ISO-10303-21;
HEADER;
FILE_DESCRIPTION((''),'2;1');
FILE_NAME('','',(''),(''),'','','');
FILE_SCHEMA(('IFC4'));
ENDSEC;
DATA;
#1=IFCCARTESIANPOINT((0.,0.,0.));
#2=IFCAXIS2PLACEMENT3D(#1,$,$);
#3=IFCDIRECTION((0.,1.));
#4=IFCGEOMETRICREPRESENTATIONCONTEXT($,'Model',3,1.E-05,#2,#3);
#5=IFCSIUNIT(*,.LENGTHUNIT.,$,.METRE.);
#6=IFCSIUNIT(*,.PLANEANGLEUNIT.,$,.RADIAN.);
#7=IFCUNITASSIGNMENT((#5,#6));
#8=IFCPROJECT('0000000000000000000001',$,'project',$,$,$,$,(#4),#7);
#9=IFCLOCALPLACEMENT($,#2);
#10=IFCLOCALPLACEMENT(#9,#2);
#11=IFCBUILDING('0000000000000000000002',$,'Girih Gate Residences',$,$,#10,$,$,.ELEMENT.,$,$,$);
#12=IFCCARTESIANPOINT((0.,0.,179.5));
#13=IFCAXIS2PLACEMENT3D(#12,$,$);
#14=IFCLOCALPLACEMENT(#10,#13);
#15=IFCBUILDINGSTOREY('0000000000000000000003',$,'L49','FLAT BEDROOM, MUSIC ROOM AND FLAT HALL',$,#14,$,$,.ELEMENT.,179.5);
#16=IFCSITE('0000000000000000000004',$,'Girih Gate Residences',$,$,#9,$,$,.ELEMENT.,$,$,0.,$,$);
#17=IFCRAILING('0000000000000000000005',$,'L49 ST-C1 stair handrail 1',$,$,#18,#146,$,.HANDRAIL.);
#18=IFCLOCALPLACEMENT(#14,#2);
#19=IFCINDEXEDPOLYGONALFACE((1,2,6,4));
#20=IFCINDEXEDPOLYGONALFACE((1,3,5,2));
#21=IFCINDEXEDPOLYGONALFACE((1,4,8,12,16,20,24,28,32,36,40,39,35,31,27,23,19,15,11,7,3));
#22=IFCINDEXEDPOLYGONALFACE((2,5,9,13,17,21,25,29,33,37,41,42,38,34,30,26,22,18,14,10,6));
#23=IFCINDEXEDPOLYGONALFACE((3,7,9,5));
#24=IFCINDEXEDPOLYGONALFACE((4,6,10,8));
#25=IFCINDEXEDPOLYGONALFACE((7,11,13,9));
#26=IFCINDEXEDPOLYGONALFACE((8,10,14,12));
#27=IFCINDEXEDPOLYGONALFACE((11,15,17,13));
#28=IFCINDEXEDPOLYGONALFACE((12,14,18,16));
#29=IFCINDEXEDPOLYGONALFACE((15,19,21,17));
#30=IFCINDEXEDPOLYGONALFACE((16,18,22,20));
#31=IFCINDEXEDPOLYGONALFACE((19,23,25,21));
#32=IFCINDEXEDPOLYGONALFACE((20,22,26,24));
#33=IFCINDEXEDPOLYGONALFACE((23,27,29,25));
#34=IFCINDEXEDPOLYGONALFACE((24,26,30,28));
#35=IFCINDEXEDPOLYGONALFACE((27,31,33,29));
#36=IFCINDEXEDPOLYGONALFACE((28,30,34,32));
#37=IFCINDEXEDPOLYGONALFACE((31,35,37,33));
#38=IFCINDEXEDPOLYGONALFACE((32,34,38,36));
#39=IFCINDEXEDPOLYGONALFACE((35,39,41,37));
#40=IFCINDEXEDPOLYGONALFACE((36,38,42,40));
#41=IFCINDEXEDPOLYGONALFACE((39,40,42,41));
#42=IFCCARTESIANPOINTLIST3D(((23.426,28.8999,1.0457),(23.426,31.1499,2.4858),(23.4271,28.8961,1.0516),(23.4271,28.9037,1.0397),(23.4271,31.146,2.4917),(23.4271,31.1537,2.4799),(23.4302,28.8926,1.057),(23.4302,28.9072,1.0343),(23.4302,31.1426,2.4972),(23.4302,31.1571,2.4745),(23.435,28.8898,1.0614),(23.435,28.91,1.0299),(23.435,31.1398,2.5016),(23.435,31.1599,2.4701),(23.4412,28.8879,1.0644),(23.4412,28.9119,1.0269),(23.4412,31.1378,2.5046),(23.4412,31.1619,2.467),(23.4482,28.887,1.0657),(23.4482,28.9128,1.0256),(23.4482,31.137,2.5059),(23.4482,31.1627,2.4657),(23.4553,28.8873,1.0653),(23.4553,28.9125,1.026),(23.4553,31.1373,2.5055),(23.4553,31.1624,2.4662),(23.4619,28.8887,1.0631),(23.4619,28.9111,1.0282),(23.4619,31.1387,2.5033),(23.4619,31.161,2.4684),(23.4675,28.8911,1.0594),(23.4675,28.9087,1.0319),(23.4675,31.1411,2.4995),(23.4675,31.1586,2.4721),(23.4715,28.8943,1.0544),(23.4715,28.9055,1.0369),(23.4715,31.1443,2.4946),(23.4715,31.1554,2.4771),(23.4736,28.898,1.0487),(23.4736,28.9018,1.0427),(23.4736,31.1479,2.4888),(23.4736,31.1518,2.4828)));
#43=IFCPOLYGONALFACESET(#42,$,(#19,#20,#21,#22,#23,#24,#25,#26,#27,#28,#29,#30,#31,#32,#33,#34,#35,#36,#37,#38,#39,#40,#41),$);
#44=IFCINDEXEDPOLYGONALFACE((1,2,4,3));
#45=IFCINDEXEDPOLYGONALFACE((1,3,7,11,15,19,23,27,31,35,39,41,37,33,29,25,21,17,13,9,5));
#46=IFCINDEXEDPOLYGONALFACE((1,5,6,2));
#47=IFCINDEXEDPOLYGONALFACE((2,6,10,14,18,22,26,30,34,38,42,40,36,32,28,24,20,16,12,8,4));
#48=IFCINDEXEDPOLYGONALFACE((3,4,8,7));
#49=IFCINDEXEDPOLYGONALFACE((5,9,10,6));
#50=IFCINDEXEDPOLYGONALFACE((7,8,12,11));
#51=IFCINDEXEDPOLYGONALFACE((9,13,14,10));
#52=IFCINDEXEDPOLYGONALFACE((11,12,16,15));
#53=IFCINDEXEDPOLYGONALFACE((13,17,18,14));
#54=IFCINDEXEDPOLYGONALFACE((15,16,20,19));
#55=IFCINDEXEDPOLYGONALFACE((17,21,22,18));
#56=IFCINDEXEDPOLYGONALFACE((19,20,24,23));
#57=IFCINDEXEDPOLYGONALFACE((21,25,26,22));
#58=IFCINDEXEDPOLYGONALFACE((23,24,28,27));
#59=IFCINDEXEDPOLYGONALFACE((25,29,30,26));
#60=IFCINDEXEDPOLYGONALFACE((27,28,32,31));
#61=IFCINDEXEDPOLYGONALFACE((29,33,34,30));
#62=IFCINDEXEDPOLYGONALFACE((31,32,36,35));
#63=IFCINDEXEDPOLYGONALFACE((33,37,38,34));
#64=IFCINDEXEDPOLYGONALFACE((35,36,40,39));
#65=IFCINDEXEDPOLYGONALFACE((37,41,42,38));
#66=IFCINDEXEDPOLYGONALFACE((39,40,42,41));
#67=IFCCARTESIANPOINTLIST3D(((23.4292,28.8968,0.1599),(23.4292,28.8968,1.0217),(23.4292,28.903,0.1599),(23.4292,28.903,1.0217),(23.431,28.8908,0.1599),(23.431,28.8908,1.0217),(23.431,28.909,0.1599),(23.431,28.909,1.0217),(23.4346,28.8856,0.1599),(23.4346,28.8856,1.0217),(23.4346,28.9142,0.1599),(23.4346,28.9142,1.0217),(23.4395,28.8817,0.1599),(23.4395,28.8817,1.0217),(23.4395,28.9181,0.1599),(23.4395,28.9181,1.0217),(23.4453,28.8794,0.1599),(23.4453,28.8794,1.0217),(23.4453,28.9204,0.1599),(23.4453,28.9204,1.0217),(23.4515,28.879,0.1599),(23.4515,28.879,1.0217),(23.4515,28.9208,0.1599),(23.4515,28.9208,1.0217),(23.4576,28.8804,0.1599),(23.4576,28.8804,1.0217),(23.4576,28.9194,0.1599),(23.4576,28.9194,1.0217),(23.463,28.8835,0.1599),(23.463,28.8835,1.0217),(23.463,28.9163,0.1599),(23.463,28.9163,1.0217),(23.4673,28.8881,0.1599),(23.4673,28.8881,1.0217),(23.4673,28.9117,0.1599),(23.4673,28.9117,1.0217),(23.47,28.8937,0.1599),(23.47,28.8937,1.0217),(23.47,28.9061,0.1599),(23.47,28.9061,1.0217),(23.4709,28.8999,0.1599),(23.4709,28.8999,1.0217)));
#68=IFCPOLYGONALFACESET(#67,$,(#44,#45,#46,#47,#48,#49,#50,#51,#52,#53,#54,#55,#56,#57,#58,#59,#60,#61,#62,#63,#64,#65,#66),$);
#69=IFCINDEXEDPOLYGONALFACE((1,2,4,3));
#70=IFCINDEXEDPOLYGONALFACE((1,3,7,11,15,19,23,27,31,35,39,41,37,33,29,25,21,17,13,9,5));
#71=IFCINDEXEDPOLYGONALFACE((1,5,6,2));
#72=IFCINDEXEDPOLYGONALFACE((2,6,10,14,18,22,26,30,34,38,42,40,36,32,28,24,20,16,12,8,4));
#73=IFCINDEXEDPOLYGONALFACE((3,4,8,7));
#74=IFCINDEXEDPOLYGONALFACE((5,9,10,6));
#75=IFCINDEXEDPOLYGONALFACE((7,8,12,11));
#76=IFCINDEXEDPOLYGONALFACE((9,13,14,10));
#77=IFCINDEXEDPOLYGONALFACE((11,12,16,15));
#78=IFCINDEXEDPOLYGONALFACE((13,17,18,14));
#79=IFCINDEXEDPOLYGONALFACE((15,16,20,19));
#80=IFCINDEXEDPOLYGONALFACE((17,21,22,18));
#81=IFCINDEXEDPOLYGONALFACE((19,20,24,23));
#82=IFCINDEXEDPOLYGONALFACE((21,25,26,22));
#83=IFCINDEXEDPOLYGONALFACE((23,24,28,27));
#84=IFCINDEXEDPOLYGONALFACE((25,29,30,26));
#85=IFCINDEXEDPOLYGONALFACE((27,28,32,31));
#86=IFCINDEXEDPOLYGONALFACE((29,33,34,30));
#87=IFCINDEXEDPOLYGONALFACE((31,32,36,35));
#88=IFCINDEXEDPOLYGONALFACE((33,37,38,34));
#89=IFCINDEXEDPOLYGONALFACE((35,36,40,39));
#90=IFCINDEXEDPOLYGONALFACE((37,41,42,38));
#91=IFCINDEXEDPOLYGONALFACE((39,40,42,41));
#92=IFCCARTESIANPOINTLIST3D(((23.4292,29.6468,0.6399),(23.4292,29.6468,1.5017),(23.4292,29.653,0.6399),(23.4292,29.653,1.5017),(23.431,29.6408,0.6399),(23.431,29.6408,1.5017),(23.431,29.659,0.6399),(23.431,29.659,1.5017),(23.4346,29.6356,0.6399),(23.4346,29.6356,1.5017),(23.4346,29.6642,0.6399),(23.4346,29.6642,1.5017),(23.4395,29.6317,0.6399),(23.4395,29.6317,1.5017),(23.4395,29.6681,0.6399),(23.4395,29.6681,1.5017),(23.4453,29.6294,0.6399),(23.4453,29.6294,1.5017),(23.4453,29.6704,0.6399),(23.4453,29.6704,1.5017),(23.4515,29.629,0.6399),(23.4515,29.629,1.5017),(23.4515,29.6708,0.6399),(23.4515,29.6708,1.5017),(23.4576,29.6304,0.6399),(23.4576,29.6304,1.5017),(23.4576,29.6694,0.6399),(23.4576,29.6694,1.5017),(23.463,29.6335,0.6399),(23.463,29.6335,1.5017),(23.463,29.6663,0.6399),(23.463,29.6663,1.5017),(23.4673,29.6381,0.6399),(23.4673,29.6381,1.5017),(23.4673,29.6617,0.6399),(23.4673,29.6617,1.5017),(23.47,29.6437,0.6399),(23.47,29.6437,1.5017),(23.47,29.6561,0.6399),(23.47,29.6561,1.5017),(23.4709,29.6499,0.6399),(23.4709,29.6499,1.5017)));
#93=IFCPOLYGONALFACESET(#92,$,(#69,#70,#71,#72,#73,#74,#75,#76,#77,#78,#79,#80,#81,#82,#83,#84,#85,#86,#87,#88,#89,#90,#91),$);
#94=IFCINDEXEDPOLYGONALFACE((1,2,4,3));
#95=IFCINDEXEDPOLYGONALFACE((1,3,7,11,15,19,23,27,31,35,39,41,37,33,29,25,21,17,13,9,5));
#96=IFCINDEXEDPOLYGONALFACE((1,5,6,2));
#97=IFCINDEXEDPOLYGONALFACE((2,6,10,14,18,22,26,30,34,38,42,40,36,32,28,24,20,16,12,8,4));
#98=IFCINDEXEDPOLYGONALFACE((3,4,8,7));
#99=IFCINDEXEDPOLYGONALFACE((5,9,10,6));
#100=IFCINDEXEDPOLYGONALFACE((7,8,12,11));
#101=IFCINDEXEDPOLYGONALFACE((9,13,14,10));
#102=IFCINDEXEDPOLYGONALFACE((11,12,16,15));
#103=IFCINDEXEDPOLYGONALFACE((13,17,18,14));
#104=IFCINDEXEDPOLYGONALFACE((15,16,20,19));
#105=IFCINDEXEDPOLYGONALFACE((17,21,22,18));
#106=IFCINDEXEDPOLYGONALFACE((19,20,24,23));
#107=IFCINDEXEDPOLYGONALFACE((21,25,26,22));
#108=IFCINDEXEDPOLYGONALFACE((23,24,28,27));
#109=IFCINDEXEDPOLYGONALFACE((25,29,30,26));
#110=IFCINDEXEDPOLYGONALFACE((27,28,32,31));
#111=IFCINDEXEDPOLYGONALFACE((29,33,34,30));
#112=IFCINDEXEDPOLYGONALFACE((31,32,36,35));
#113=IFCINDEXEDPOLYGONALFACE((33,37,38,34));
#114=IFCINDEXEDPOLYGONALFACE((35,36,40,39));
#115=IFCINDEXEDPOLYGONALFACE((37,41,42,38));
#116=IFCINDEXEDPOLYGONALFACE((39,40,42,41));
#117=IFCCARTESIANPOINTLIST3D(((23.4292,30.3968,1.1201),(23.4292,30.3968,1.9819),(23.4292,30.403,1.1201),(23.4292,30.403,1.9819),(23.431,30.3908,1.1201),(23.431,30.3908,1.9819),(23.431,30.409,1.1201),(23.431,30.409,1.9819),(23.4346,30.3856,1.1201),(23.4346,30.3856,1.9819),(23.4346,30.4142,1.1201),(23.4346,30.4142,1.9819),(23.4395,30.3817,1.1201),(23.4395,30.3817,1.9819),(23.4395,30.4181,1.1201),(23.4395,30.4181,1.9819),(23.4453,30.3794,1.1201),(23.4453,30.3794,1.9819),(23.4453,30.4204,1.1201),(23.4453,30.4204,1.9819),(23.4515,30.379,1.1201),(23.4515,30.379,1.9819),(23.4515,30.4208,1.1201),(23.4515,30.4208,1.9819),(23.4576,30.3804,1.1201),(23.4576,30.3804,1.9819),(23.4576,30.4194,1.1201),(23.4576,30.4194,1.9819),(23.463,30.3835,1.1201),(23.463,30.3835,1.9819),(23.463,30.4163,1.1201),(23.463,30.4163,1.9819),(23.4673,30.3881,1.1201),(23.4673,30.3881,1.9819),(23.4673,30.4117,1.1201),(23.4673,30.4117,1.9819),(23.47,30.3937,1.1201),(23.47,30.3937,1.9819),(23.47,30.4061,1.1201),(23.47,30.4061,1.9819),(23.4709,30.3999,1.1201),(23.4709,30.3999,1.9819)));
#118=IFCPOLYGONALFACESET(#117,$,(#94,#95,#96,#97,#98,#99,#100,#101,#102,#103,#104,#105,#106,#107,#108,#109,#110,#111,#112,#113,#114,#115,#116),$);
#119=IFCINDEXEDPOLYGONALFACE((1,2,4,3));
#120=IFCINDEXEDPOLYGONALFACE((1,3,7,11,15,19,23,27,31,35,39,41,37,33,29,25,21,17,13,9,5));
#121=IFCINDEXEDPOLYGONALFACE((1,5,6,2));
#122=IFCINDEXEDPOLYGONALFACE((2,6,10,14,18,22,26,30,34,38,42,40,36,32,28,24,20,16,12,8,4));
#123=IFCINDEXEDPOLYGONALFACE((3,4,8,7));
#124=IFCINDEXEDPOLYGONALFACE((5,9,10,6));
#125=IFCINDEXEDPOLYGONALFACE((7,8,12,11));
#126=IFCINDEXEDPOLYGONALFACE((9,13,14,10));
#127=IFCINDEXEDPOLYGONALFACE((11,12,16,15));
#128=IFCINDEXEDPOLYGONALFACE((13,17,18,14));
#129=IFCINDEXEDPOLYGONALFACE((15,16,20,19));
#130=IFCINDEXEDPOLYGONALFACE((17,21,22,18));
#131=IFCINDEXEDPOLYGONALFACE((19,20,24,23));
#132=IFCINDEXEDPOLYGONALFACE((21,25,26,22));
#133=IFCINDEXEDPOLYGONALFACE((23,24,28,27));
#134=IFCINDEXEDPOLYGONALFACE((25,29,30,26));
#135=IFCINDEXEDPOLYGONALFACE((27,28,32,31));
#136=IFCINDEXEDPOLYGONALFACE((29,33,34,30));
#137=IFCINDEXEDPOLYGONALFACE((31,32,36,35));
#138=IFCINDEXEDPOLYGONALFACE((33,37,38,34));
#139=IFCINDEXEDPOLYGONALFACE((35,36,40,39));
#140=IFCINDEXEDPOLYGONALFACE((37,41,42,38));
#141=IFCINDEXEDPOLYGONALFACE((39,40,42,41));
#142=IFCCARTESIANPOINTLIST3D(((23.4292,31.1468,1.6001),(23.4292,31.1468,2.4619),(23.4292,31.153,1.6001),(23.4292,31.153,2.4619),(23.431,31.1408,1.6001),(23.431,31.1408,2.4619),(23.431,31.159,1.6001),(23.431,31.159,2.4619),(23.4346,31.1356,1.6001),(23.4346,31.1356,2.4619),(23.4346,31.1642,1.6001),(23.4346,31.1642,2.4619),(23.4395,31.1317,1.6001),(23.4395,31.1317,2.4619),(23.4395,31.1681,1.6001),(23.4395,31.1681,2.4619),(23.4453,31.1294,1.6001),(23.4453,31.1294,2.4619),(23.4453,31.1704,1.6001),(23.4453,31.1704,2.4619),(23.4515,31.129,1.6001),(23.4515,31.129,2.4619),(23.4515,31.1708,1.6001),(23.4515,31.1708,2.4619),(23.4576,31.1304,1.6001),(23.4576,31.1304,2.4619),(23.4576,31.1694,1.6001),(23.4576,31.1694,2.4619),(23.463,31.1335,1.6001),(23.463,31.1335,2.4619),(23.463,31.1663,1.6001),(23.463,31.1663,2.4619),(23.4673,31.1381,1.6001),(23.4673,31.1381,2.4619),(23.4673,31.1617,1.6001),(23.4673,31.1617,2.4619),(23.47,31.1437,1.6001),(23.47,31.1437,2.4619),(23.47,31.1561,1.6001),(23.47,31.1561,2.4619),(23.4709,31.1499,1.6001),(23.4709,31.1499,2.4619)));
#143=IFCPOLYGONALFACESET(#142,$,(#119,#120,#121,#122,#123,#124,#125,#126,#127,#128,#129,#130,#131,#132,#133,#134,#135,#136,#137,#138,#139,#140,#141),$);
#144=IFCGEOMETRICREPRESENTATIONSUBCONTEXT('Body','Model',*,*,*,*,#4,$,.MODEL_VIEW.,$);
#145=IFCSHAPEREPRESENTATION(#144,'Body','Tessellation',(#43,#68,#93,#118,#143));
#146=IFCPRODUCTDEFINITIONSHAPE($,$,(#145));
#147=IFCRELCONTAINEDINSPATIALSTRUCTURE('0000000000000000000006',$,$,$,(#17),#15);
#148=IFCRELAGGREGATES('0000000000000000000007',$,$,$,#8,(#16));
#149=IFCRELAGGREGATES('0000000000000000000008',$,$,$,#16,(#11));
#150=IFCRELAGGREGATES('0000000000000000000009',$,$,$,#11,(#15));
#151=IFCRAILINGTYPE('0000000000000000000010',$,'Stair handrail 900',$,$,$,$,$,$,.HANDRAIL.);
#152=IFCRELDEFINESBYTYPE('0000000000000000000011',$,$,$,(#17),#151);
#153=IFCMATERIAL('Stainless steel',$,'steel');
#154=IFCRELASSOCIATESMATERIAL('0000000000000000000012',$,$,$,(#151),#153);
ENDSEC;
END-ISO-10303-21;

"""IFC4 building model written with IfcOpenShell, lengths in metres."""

from ifc_helpers import new_model, si_unit, direction, frame, origin, origin_2d, place, context, subcontext, project, spatial, circle, extrude, material, type_object, element, save


model = new_model("IFC4")

# Units and contexts
model_context = context("Model", 3, precision=1e-05, world=origin(), true_north=direction((0.0, 1.0)))
body_context = subcontext(model_context, "Body", "Model", "MODEL_VIEW")
ifc_project = project(units=[si_unit("LENGTHUNIT", "METRE"), si_unit("PLANEANGLEUNIT", "RADIAN")], contexts=[model_context])

# Site, building, storey
site_placement = place(None, origin())
site = spatial("IfcSite", under=ifc_project, at=site_placement, Name="Girih Gate Residences", CompositionType="ELEMENT", RefElevation=0.0)
building_placement = place(site_placement, origin())
building = spatial("IfcBuilding", under=site, at=building_placement, Name="Girih Gate Residences", CompositionType="ELEMENT")
storey_placement = place(building_placement, frame((0.0, 0.0, 179.5)))
storey = spatial("IfcBuildingStorey", under=building, at=storey_placement, Name="L49", Description="FLAT BEDROOM, MUSIC ROOM AND FLAT HALL", CompositionType="ELEMENT", Elevation=179.5)

# Railing
ifc_material_1 = material(Name="Stainless steel", Category="steel")
railing_type_1 = type_object("IfcRailingType", Name="Stair handrail 900", PredefinedType="HANDRAIL", material=ifc_material_1)
railing_1_placement = place(storey_placement, frame((23.45, 28.8999, 0.1599)))
element("IfcRailing", 1, at=railing_1_placement, inside=storey, type_object=railing_type_1, Name="L49 ST-C1 stair handrail 1", PredefinedType="HANDRAIL", context=body_context, shape_type="SweptSolid", body=[
    extrude(circle(Radius=0.0239, at=origin_2d()), frame((0.0, 0.0, 0.8857), z_axis=(0.0, 0.84224, 0.539103), x_axis=(-1.0, 0.0, 0.0)), (0.0, 0.0, 1.0), 2.6714),
    extrude(circle(Radius=0.021, at=origin_2d()), origin(), (0.0, 0.0, 1.0), 0.8618),
    extrude(circle(Radius=0.021, at=origin_2d()), frame((0.0, 0.75, 0.48)), (0.0, 0.0, 1.0), 0.8618),
    extrude(circle(Radius=0.021, at=origin_2d()), frame((0.0, 1.5, 0.9602)), (0.0, 0.0, 1.0), 0.8618),
    extrude(circle(Radius=0.021, at=origin_2d()), frame((0.0, 2.25, 1.4402)), (0.0, 0.0, 1.0), 0.8618),
])

save(model, "model.ifc")
